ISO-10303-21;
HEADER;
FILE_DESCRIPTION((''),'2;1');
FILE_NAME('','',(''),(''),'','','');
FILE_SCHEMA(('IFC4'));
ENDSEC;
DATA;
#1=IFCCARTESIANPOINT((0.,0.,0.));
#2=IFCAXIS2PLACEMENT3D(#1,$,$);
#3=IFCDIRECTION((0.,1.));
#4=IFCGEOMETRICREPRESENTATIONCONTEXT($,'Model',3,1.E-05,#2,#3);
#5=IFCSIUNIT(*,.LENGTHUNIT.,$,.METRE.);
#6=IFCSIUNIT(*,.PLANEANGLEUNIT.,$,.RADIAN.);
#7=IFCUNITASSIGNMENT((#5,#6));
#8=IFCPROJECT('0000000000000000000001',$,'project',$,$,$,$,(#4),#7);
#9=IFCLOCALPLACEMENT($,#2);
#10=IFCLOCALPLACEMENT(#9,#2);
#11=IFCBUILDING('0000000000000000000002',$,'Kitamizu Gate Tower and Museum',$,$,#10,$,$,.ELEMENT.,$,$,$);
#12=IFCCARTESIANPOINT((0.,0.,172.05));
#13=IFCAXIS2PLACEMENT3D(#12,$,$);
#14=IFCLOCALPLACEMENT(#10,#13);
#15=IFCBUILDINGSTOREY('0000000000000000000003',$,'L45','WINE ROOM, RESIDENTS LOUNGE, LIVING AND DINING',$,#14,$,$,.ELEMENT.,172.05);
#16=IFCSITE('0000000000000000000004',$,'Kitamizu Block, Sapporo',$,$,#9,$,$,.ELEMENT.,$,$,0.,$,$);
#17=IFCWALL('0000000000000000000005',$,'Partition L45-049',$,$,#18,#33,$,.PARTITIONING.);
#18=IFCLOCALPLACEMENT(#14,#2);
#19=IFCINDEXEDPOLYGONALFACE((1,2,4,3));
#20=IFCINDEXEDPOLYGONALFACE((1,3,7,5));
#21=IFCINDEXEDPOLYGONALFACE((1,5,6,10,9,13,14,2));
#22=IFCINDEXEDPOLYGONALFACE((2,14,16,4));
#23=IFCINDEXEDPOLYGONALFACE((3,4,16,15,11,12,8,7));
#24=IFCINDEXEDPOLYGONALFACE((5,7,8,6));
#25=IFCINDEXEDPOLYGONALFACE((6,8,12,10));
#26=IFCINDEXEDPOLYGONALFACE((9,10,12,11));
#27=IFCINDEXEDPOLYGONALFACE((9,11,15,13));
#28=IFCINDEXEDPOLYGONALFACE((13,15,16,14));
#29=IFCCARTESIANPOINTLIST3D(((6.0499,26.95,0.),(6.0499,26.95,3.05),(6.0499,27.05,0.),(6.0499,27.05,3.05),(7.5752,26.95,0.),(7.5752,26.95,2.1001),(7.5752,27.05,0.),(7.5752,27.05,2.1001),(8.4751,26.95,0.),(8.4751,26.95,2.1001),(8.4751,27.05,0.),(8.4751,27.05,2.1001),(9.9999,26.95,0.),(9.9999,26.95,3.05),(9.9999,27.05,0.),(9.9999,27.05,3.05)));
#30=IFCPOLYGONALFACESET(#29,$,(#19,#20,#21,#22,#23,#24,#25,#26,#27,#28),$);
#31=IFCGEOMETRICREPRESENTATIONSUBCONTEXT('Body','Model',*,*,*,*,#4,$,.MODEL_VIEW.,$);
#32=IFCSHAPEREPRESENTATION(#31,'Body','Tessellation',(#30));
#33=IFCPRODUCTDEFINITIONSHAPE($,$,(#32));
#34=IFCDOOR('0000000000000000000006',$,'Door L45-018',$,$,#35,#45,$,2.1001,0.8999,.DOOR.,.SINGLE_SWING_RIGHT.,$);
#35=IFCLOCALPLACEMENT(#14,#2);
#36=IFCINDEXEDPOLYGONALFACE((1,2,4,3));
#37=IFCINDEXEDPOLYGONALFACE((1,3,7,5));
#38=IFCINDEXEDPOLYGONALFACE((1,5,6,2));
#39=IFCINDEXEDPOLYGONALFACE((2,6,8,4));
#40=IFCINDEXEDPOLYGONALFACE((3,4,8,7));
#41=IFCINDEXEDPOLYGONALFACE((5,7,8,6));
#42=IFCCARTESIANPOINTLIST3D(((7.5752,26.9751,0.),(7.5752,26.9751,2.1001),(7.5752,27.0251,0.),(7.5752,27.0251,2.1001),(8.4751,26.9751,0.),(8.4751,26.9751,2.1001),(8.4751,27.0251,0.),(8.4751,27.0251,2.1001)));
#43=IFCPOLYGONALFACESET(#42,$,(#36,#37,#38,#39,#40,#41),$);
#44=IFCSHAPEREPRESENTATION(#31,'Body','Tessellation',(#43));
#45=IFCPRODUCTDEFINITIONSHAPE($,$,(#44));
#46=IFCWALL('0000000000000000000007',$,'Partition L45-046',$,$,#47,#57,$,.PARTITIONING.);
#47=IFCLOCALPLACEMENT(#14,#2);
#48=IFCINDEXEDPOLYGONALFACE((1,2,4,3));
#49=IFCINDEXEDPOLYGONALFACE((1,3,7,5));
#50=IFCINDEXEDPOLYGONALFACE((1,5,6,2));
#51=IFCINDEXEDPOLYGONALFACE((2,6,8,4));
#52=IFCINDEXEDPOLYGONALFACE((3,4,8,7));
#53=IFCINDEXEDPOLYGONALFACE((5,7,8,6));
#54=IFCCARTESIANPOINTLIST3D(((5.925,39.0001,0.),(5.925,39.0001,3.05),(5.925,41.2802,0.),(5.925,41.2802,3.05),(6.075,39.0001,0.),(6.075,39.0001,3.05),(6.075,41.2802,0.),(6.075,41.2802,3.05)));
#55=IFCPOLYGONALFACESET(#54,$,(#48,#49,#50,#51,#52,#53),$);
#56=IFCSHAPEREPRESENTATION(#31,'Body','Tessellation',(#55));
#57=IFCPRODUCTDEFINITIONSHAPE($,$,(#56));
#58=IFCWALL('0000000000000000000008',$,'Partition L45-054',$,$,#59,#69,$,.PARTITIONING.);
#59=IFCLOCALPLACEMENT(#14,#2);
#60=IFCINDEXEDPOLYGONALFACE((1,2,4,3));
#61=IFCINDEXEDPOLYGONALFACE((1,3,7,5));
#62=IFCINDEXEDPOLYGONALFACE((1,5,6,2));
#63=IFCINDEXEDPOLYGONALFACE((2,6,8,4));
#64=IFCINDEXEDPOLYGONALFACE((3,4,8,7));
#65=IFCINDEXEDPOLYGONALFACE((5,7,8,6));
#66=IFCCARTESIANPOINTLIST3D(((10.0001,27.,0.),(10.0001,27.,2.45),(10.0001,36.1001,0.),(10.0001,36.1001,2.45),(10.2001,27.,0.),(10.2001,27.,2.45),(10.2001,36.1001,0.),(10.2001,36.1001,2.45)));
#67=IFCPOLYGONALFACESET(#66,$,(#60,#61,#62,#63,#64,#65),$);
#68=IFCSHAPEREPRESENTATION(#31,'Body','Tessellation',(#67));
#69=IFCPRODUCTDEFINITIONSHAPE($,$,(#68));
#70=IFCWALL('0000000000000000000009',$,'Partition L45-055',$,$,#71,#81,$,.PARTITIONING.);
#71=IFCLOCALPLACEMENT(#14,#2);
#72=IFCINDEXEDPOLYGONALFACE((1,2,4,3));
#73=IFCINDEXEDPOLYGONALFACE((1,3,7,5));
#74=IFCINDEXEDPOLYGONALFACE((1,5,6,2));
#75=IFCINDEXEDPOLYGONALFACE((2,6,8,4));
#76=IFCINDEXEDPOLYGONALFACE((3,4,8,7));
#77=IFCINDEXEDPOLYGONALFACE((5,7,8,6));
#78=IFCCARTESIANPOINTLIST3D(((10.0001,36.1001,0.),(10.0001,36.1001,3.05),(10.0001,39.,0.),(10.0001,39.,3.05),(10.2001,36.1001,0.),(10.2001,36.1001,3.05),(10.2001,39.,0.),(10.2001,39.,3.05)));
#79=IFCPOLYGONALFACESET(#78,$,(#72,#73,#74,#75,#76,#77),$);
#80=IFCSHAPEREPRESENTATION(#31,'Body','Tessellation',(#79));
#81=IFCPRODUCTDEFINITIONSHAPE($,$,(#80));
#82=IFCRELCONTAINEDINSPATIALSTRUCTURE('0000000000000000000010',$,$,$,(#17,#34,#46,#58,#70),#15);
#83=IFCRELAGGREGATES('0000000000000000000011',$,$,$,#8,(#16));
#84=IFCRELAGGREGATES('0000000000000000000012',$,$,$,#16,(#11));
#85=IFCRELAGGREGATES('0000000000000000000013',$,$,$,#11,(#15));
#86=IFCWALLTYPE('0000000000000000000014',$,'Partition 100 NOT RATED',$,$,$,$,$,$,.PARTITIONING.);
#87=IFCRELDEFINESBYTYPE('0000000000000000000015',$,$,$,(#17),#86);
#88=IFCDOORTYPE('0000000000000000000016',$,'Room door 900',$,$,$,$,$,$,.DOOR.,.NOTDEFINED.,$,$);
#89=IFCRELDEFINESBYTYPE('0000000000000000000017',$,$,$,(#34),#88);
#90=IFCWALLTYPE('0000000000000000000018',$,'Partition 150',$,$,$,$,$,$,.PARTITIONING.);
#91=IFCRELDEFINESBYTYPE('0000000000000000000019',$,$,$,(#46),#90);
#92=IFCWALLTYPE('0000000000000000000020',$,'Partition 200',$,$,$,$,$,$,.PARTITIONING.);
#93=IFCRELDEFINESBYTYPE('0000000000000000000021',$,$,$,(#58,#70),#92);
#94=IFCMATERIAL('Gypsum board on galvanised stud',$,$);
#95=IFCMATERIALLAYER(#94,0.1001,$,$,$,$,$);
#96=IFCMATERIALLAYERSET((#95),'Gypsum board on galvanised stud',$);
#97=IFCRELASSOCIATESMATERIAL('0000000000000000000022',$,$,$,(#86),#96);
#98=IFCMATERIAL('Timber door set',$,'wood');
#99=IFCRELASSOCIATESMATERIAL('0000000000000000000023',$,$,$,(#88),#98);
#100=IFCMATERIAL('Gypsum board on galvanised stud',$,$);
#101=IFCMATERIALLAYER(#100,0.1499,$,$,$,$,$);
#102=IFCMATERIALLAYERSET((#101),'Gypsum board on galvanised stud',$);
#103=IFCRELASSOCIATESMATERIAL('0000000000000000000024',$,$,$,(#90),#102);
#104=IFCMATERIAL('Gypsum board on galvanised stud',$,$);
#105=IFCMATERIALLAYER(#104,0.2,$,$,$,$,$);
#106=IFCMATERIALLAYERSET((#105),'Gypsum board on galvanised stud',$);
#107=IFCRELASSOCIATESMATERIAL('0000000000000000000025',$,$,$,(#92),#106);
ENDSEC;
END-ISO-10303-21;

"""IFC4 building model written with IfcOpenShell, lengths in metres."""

from ifc_helpers import new_model, si_unit, direction, frame, frame_2d, origin, place, context, subcontext, project, spatial, rectangle, extrude, material, layer, layer_set, type_object, element, fill, save


model = new_model("IFC4")

# Units and contexts
model_context = context("Model", 3, precision=1e-05, world=origin(), true_north=direction((0.0, 1.0)))
body_context = subcontext(model_context, "Body", "Model", "MODEL_VIEW")
ifc_project = project(units=[si_unit("LENGTHUNIT", "METRE"), si_unit("PLANEANGLEUNIT", "RADIAN")], contexts=[model_context])

# Site, building, storey
site_placement = place(None, origin())
site = spatial("IfcSite", under=ifc_project, at=site_placement, Name="Kitamizu Block, Sapporo", CompositionType="ELEMENT", RefElevation=0.0)
building_placement = place(site_placement, origin())
building = spatial("IfcBuilding", under=site, at=building_placement, Name="Kitamizu Gate Tower and Museum", CompositionType="ELEMENT")
storey_placement = place(building_placement, frame((0.0, 0.0, 172.05)))
storey = spatial("IfcBuildingStorey", under=building, at=storey_placement, Name="L45", Description="WINE ROOM, RESIDENTS LOUNGE, LIVING AND DINING", CompositionType="ELEMENT", Elevation=172.05)

# Shared definitions
ifc_material_1 = material(Name="Gypsum board on galvanised stud")
ifc_layer_1 = layer(ifc_material_1, 0.1001)
ifc_layer_set_1 = layer_set([ifc_layer_1], Name="Gypsum board on galvanised stud")
wall_type_1 = type_object("IfcWallType", Name="Partition 100 NOT RATED", PredefinedType="PARTITIONING", material=ifc_layer_set_1)
ifc_material_2 = material(Name="Timber door set", Category="wood")
door_type = type_object("IfcDoorType", Name="Room door 900", OperationType="NOTDEFINED", PredefinedType="DOOR", material=ifc_material_2)

# Wall, opening, door
wall_1_placement = place(storey_placement, frame((10.0, 27.0, 0.0), z_axis=(0.0, 0.0, 1.0), x_axis=(-1.0, 0.0, 0.0)))
wall_1 = element("IfcWall", 1, at=wall_1_placement, inside=storey, type_object=wall_type_1, Name="Partition L45-049", PredefinedType="PARTITIONING", context=body_context, shape_type="SweptSolid", body=[
    extrude(rectangle(XDim=3.95, YDim=0.1001, at=frame_2d((1.9751, 0.0))), origin(), (0.0, 0.0, 1.0), 3.05),
])
opening_1_placement = place(wall_1_placement, frame((1.5249, 0.0, 0.0)))
opening_1 = element("IfcOpeningElement", 2, at=opening_1_placement, cuts=wall_1, PredefinedType="OPENING", context=body_context, shape_type="SweptSolid", body=[
    extrude(rectangle(XDim=0.8999, YDim=2.1001, at=frame_2d((0.45, 1.05))), frame((0.0, 0.0601, 0.0), z_axis=(0.0, -1.0, 0.0), x_axis=(1.0, 0.0, 0.0)), (0.0, 0.0, 1.0), 0.1201),
])
door_1_placement = place(opening_1_placement, origin())
door_1 = element("IfcDoor", 3, at=door_1_placement, inside=storey, type_object=door_type, Name="Door L45-018", OperationType="SINGLE_SWING_RIGHT", OverallHeight=2.1001, OverallWidth=0.8999, PredefinedType="DOOR", context=body_context, shape_type="SweptSolid", body=[
    extrude(rectangle(XDim=0.8999, YDim=2.1001, at=frame_2d((0.45, 1.05))), frame((0.0, 0.0249, 0.0), z_axis=(0.0, -1.0, 0.0), x_axis=(1.0, 0.0, 0.0)), (0.0, 0.0, 1.0), 0.05),
])
fill(opening_1, door_1)

# Walls
ifc_material_3 = material(Name="Gypsum board on galvanised stud")
ifc_layer_2 = layer(ifc_material_3, 0.1499)
ifc_layer_set_2 = layer_set([ifc_layer_2], Name="Gypsum board on galvanised stud")
wall_type_2 = type_object("IfcWallType", Name="Partition 150", PredefinedType="PARTITIONING", material=ifc_layer_set_2)
wall_2_placement = place(storey_placement, frame((6.0, 39.0, 0.0), z_axis=(0.0, 0.0, 1.0), x_axis=(0.0, 1.0, 0.0)))
element("IfcWall", 4, at=wall_2_placement, inside=storey, type_object=wall_type_2, Name="Partition L45-046", PredefinedType="PARTITIONING", context=body_context, shape_type="SweptSolid", body=[
    extrude(rectangle(XDim=2.28, YDim=0.1499, at=frame_2d((1.1401, 0.0))), origin(), (0.0, 0.0, 1.0), 3.05),
])
ifc_material_4 = material(Name="Gypsum board on galvanised stud")
ifc_layer_3 = layer(ifc_material_4, 0.2)
ifc_layer_set_3 = layer_set([ifc_layer_3], Name="Gypsum board on galvanised stud")
wall_type_3 = type_object("IfcWallType", Name="Partition 200", PredefinedType="PARTITIONING", material=ifc_layer_set_3)
wall_3_placement = place(storey_placement, frame((10.1001, 27.0, 0.0), z_axis=(0.0, 0.0, 1.0), x_axis=(0.0, 1.0, 0.0)))
element("IfcWall", 5, at=wall_3_placement, inside=storey, type_object=wall_type_3, Name="Partition L45-054", PredefinedType="PARTITIONING", context=body_context, shape_type="SweptSolid", body=[
    extrude(rectangle(XDim=9.1001, YDim=0.2, at=frame_2d((4.55, 0.0))), origin(), (0.0, 0.0, 1.0), 2.45),
])
wall_4_placement = place(storey_placement, frame((10.1001, 36.1001, 0.0), z_axis=(0.0, 0.0, 1.0), x_axis=(0.0, 1.0, 0.0)))
element("IfcWall", 6, at=wall_4_placement, inside=storey, type_object=wall_type_3, Name="Partition L45-055", PredefinedType="PARTITIONING", context=body_context, shape_type="SweptSolid", body=[
    extrude(rectangle(XDim=2.8999, YDim=0.2, at=frame_2d((1.45, 0.0))), origin(), (0.0, 0.0, 1.0), 3.05),
])

save(model, "model.ifc")
